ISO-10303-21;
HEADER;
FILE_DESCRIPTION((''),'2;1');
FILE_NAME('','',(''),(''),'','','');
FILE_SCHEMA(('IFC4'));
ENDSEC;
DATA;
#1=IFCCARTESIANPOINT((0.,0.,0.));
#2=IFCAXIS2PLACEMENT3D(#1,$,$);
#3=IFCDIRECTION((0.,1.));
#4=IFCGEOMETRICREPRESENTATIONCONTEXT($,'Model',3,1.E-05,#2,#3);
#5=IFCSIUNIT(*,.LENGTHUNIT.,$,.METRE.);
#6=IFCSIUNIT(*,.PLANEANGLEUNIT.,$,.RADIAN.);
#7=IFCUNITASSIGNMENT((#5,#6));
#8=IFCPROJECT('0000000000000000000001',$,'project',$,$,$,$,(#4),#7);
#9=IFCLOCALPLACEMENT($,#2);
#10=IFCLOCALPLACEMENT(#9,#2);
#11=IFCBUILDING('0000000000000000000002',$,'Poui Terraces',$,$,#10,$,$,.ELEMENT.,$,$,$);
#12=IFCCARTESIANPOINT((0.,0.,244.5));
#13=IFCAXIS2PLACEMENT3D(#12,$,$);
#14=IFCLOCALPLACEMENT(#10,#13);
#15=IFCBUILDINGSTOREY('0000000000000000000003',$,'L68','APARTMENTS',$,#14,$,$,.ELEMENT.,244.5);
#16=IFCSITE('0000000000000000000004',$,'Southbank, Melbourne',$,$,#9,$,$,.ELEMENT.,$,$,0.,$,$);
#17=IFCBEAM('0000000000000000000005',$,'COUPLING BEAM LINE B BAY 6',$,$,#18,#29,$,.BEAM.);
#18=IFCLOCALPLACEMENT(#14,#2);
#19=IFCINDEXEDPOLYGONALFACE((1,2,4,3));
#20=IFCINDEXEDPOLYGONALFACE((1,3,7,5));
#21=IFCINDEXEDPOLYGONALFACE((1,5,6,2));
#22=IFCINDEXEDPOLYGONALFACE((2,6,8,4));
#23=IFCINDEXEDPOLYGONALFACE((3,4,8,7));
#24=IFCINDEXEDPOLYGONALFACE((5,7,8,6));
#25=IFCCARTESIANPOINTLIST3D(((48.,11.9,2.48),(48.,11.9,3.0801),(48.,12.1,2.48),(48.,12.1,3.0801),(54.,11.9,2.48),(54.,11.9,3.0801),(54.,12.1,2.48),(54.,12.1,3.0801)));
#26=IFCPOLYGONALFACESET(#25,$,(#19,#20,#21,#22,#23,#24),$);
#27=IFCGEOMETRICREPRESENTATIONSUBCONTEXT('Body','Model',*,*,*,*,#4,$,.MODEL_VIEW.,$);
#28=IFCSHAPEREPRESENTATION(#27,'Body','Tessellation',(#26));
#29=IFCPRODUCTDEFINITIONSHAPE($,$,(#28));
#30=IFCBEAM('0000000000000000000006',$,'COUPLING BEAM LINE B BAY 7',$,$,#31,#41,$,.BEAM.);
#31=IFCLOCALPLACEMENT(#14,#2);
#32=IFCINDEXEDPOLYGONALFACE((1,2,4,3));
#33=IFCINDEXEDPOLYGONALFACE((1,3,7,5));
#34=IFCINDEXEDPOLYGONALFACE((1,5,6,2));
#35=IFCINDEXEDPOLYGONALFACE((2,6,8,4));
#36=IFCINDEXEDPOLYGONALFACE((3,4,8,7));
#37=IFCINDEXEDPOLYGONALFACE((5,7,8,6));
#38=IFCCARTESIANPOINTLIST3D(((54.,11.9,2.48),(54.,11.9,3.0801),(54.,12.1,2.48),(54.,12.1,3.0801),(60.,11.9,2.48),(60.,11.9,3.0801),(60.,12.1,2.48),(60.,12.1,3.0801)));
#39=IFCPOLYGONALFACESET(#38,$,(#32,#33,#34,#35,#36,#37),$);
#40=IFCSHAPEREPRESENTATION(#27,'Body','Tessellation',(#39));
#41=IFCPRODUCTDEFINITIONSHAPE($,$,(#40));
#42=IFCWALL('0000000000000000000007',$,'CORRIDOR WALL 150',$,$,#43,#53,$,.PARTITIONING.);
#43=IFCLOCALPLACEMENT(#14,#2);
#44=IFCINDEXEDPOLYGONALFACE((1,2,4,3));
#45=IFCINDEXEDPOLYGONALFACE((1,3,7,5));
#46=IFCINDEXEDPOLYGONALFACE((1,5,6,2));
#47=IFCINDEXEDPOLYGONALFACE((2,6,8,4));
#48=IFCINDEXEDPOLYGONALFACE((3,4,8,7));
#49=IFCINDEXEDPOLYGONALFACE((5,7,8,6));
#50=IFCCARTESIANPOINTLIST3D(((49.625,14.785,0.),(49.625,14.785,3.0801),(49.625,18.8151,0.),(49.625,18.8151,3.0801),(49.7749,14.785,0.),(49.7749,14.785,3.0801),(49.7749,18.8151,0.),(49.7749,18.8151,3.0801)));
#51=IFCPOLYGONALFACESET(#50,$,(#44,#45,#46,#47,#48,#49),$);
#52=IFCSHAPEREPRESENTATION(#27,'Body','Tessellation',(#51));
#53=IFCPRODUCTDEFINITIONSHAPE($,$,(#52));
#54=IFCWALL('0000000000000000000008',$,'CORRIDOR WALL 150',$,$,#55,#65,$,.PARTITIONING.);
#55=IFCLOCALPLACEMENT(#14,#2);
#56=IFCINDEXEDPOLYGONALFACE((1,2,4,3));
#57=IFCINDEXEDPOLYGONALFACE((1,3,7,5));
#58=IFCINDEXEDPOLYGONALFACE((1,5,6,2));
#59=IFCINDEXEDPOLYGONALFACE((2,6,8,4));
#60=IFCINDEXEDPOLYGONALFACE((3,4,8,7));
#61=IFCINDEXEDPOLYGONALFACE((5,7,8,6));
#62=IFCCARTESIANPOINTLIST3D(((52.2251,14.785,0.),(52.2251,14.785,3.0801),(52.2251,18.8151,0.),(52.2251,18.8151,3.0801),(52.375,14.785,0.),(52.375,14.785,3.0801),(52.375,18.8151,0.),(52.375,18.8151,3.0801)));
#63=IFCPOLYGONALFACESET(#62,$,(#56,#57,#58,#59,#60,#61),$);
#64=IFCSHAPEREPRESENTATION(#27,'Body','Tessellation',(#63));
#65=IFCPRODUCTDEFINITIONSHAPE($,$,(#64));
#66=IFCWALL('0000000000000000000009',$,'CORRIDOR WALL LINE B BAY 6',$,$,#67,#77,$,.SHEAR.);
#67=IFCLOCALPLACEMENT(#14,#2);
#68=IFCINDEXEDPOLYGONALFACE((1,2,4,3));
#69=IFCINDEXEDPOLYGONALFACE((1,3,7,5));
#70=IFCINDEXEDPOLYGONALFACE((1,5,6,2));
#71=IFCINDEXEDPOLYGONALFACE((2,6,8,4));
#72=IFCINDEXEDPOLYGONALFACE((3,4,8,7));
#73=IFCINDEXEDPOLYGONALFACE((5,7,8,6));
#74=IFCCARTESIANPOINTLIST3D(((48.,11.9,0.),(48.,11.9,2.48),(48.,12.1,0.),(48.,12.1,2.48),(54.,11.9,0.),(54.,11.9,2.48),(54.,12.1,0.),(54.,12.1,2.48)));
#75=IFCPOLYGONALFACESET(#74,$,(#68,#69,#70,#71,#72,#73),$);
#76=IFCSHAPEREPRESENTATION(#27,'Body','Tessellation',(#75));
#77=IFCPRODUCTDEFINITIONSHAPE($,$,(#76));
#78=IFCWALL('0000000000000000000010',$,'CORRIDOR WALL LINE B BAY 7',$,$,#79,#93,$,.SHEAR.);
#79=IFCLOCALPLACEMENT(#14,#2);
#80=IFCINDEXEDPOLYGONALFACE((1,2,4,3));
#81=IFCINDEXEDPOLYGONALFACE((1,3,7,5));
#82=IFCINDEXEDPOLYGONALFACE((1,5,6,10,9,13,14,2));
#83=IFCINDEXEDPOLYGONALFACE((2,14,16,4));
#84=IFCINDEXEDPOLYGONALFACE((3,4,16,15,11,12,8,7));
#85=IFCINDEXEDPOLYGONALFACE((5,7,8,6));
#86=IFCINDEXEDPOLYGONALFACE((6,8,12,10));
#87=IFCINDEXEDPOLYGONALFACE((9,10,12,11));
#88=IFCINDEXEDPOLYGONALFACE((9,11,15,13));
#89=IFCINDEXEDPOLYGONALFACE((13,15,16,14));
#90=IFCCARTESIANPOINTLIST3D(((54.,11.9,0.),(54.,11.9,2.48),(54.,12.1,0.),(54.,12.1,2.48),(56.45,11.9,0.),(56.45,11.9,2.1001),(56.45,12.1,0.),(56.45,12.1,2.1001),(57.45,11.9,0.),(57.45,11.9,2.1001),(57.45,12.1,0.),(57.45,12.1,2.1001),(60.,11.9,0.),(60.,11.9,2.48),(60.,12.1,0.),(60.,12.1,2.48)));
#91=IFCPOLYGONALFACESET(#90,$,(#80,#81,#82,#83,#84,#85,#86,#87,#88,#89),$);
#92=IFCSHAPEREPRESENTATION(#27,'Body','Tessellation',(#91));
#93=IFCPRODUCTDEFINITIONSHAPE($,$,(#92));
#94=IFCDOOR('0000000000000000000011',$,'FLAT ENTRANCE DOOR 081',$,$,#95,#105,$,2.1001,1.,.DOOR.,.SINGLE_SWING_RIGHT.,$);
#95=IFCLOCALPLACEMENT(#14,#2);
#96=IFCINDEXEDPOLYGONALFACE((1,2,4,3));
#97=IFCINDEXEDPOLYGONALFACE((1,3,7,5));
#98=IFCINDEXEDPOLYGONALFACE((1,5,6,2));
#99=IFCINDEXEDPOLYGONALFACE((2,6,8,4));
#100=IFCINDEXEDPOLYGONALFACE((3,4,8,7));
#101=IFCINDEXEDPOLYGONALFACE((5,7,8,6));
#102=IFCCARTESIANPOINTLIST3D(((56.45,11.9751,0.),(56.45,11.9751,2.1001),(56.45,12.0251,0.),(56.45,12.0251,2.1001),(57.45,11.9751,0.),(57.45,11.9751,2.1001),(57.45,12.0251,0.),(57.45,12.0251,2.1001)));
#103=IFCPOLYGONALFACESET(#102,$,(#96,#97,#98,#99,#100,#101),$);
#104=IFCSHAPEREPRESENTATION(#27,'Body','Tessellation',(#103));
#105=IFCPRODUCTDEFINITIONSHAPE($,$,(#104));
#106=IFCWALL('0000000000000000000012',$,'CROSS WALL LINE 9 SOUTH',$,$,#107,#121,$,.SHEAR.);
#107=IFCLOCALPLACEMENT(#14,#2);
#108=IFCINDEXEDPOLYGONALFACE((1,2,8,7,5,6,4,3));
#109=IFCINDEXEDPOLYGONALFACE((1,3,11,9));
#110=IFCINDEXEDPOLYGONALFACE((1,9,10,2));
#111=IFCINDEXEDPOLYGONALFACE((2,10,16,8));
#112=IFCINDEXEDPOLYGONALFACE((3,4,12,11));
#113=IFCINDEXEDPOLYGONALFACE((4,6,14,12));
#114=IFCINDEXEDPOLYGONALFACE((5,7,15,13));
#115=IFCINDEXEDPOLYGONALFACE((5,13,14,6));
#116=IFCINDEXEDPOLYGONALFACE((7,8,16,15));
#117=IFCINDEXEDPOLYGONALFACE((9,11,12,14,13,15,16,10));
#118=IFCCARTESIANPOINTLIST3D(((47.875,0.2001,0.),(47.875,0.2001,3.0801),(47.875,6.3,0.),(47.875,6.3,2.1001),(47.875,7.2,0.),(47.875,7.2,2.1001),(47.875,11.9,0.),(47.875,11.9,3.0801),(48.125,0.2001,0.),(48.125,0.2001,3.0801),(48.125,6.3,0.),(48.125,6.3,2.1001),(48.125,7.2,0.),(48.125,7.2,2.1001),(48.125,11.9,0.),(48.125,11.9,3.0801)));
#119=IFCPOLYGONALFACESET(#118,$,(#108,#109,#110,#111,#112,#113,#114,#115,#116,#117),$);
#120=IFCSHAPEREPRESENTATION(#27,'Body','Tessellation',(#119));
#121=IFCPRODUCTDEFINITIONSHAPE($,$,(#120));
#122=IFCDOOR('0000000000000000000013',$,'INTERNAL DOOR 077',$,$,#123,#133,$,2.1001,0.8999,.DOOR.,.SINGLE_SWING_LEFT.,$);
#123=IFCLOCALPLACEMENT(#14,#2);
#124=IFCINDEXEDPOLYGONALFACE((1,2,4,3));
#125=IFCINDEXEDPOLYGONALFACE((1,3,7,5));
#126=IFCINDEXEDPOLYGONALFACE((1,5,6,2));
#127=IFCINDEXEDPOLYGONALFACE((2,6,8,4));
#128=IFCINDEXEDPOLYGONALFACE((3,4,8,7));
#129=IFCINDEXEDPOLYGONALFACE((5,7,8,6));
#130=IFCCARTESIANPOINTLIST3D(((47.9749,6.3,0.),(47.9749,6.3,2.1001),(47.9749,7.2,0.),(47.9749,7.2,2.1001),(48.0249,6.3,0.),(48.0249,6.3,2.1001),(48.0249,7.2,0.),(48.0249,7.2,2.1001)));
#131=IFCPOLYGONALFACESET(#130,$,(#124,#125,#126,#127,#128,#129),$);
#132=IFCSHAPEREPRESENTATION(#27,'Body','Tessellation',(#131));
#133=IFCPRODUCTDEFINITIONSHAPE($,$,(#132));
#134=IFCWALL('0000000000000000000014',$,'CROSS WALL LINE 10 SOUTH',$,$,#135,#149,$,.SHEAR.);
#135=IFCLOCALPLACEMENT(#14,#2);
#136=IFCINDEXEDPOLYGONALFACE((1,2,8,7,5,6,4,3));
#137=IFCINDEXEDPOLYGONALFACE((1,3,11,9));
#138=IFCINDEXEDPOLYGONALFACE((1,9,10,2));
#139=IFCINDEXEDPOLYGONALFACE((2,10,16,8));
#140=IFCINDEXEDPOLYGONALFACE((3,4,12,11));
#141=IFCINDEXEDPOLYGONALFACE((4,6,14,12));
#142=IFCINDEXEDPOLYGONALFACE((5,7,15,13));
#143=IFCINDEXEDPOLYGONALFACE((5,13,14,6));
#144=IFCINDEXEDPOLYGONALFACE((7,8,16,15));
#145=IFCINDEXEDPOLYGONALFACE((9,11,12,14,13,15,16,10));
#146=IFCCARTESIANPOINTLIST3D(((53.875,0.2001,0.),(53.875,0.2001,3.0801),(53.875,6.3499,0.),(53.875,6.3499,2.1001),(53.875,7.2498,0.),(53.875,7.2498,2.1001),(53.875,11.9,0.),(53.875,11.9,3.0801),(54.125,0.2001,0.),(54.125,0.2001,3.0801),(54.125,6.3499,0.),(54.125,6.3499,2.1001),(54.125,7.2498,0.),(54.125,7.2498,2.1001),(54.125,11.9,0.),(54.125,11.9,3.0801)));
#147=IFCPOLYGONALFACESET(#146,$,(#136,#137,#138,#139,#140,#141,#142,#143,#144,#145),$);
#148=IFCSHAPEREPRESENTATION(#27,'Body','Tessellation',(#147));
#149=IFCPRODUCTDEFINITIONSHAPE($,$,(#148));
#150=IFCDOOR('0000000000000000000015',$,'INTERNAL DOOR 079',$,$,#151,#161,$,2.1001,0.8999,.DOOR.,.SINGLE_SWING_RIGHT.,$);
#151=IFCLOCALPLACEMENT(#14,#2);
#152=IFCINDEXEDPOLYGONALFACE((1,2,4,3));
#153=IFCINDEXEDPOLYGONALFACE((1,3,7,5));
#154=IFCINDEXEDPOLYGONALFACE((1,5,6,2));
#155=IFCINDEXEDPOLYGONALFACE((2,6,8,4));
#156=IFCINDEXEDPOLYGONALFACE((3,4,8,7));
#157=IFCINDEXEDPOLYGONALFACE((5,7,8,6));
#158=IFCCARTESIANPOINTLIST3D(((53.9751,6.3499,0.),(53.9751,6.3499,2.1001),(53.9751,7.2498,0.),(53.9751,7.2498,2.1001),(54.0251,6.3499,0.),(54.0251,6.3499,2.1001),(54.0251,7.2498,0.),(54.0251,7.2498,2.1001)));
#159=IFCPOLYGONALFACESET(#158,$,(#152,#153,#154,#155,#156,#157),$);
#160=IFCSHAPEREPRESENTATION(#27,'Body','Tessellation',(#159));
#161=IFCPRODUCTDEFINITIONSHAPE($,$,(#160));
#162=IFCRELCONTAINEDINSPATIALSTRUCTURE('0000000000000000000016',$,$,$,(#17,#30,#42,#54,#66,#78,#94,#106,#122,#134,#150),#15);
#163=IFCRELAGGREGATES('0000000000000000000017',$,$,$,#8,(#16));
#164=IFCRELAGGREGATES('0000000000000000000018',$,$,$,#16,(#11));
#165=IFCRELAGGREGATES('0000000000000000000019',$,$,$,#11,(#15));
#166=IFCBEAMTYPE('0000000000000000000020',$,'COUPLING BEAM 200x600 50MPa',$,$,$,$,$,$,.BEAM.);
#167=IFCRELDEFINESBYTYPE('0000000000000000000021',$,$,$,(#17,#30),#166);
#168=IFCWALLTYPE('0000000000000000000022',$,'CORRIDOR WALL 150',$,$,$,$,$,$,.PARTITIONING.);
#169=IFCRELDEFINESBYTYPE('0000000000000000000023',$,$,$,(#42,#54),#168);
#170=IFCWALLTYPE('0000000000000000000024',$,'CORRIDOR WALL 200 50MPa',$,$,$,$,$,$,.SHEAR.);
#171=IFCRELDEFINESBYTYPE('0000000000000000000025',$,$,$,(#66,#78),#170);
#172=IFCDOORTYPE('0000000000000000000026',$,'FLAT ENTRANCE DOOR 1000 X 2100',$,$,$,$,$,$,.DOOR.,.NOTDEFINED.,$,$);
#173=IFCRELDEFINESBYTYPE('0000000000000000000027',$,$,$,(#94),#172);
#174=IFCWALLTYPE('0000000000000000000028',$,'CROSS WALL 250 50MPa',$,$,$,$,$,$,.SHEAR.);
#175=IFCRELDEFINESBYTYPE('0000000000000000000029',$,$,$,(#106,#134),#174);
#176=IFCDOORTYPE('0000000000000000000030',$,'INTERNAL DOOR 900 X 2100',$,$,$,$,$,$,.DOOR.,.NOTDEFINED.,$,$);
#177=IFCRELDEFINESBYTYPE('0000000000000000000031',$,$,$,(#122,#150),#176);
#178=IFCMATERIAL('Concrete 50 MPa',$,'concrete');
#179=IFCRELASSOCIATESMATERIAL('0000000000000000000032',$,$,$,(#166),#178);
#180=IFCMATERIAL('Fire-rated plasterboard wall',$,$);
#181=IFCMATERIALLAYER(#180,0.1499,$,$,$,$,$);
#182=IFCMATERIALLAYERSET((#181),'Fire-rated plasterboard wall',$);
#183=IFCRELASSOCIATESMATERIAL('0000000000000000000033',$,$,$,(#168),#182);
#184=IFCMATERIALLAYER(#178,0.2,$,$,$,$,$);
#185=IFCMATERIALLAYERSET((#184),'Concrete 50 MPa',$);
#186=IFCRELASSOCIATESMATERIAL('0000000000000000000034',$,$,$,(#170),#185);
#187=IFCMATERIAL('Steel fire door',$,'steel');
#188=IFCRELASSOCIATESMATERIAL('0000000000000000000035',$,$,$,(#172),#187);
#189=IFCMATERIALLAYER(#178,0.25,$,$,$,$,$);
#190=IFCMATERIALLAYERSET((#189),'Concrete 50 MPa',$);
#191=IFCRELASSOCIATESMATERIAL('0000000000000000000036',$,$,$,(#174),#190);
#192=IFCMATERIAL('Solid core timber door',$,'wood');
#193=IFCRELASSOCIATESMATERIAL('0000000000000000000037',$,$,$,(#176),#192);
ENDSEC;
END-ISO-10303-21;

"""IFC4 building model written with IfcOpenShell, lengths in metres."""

from ifc_helpers import new_model, si_unit, direction, frame, frame_2d, origin, origin_2d, place, context, subcontext, project, spatial, rectangle, extrude, source, transform, mapped, material, layer, layer_set, material_profile, profile_set, type_object, element, fill, save


model = new_model("IFC4")

# Units and contexts
model_context = context("Model", 3, precision=1e-05, world=origin(), true_north=direction((0.0, 1.0)))
body_context = subcontext(model_context, "Body", "Model", "MODEL_VIEW")
ifc_project = project(units=[si_unit("LENGTHUNIT", "METRE"), si_unit("PLANEANGLEUNIT", "RADIAN")], contexts=[model_context])

# Site, building, storey
site_placement = place(None, origin())
site = spatial("IfcSite", under=ifc_project, at=site_placement, Name="Southbank, Melbourne", CompositionType="ELEMENT", RefElevation=0.0)
building_placement = place(site_placement, origin())
building = spatial("IfcBuilding", under=site, at=building_placement, Name="Poui Terraces", CompositionType="ELEMENT")
storey_placement = place(building_placement, frame((0.0, 0.0, 244.5)))
storey = spatial("IfcBuildingStorey", under=building, at=storey_placement, Name="L68", Description="APARTMENTS", CompositionType="ELEMENT", Elevation=244.5)

# Beams
ifc_material_1 = material(Name="Concrete 50 MPa", Category="concrete")
ifc_material_profile = material_profile(ifc_material_1, rectangle(XDim=0.2, YDim=0.6001, at=origin_2d()), Name="RC 200x600")
ifc_profile_set = profile_set([ifc_material_profile], Name="Concrete 50 MPa")
beam_type = type_object("IfcBeamType", Name="COUPLING BEAM 200x600 50MPa", PredefinedType="BEAM", material=ifc_profile_set)
shared_shape = source(origin(), body_context, "Body", "SweptSolid", [
    extrude(rectangle(XDim=0.2, YDim=0.6001, at=origin_2d()), origin(), (0.0, 0.0, 1.0), 6.0),
])
for number, where, z_axis, x_axis, name in (
    (1, (48.0, 12.0, 2.78), (1.0, 0.0, 0.0), (0.0, 1.0, 0.0), "COUPLING BEAM LINE B BAY 6"),
    (2, (54.0, 12.0, 2.78), (1.0, 0.0, 0.0), (0.0, 1.0, 0.0), "COUPLING BEAM LINE B BAY 7"),
):
    element("IfcBeam", number, at=place(storey_placement, frame(where, z_axis=z_axis, x_axis=x_axis)), inside=storey, type_object=beam_type, Name=name, PredefinedType="BEAM", context=body_context, shape_type="MappedRepresentation", body=[
        mapped(shared_shape, transform((0.0, 0.0, 0.0))),
    ])

# Walls
ifc_material_2 = material(Name="Fire-rated plasterboard wall")
ifc_layer_1 = layer(ifc_material_2, 0.1499)
ifc_layer_set_1 = layer_set([ifc_layer_1], Name="Fire-rated plasterboard wall")
wall_type_1 = type_object("IfcWallType", Name="CORRIDOR WALL 150", PredefinedType="PARTITIONING", material=ifc_layer_set_1)
for number, where, z_axis, x_axis, name in (
    (3, (49.7, 14.7849, 0.0), (0.0, 0.0, 1.0), (0.0, 1.0, 0.0), "CORRIDOR WALL 150"),
    (4, (52.3, 14.7849, 0.0), (0.0, 0.0, 1.0), (0.0, 1.0, 0.0), "CORRIDOR WALL 150"),
):
    element("IfcWall", number, at=place(storey_placement, frame(where, z_axis=z_axis, x_axis=x_axis)), inside=storey, type_object=wall_type_1, Name=name, PredefinedType="PARTITIONING", context=body_context, shape_type="SweptSolid", body=[
        extrude(rectangle(XDim=4.03, YDim=0.1499, at=frame_2d((2.0151, 0.0))), origin(), (0.0, 0.0, 1.0), 3.0801),
    ])
ifc_layer_2 = layer(ifc_material_1, 0.2)
ifc_layer_set_2 = layer_set([ifc_layer_2], Name="Concrete 50 MPa")
wall_type_2 = type_object("IfcWallType", Name="CORRIDOR WALL 200 50MPa", PredefinedType="SHEAR", material=ifc_layer_set_2)
wall_1_placement = place(storey_placement, frame((48.0, 12.0, 0.0), z_axis=(0.0, 0.0, 1.0), x_axis=(1.0, 0.0, 0.0)))
element("IfcWall", 5, at=wall_1_placement, inside=storey, type_object=wall_type_2, Name="CORRIDOR WALL LINE B BAY 6", PredefinedType="SHEAR", context=body_context, shape_type="SweptSolid", body=[
    extrude(rectangle(XDim=6.0, YDim=0.2, at=frame_2d((3.0, 0.0))), origin(), (0.0, 0.0, 1.0), 2.48),
])

# Walls, openings, doors
wall_2_placement = place(storey_placement, frame((54.0, 12.0, 0.0), z_axis=(0.0, 0.0, 1.0), x_axis=(1.0, 0.0, 0.0)))
wall_2 = element("IfcWall", 6, at=wall_2_placement, inside=storey, type_object=wall_type_2, Name="CORRIDOR WALL LINE B BAY 7", PredefinedType="SHEAR", context=body_context, shape_type="SweptSolid", body=[
    extrude(rectangle(XDim=6.0, YDim=0.2, at=frame_2d((3.0, 0.0))), origin(), (0.0, 0.0, 1.0), 2.48),
])
opening_1_placement = place(wall_2_placement, frame((2.45, 0.0, 0.0)))
opening_1 = element("IfcOpeningElement", 7, at=opening_1_placement, cuts=wall_2, PredefinedType="OPENING", context=body_context, shape_type="SweptSolid", body=[
    extrude(rectangle(XDim=1.0, YDim=2.1001, at=frame_2d((0.5, 1.05))), frame((0.0, 0.1099, 0.0), z_axis=(0.0, -1.0, 0.0), x_axis=(1.0, 0.0, 0.0)), (0.0, 0.0, 1.0), 0.22),
])
ifc_material_3 = material(Name="Steel fire door", Category="steel")
door_type_1 = type_object("IfcDoorType", Name="FLAT ENTRANCE DOOR 1000 X 2100", OperationType="NOTDEFINED", PredefinedType="DOOR", material=ifc_material_3)
door_1_placement = place(opening_1_placement, frame((1.0, 0.0, 0.0), z_axis=(0.0, 0.0, 1.0), x_axis=(-1.0, 0.0, 0.0)))
door_1 = element("IfcDoor", 8, at=door_1_placement, inside=storey, type_object=door_type_1, Name="FLAT ENTRANCE DOOR 081", OperationType="SINGLE_SWING_RIGHT", OverallHeight=2.1001, OverallWidth=1.0, PredefinedType="DOOR", context=body_context, shape_type="SweptSolid", body=[
    extrude(rectangle(XDim=1.0, YDim=2.1001, at=frame_2d((0.5, 1.05))), frame((0.0, 0.0249, 0.0), z_axis=(0.0, -1.0, 0.0), x_axis=(1.0, 0.0, 0.0)), (0.0, 0.0, 1.0), 0.05),
])
fill(opening_1, door_1)
ifc_layer_3 = layer(ifc_material_1, 0.25)
ifc_layer_set_3 = layer_set([ifc_layer_3], Name="Concrete 50 MPa")
wall_type_3 = type_object("IfcWallType", Name="CROSS WALL 250 50MPa", PredefinedType="SHEAR", material=ifc_layer_set_3)
wall_3_placement = place(storey_placement, frame((48.0, 0.2, 0.0), z_axis=(0.0, 0.0, 1.0), x_axis=(0.0, 1.0, 0.0)))
wall_3 = element("IfcWall", 9, at=wall_3_placement, inside=storey, type_object=wall_type_3, Name="CROSS WALL LINE 9 SOUTH", PredefinedType="SHEAR", context=body_context, shape_type="SweptSolid", body=[
    extrude(rectangle(XDim=11.7, YDim=0.25, at=frame_2d((5.8501, 0.0))), origin(), (0.0, 0.0, 1.0), 3.0801),
])
opening_2_placement = place(wall_3_placement, frame((6.1001, 0.0, 0.0)))
opening_2 = element("IfcOpeningElement", 10, at=opening_2_placement, cuts=wall_3, PredefinedType="OPENING", context=body_context, shape_type="SweptSolid", body=[
    extrude(rectangle(XDim=0.8999, YDim=2.1001, at=frame_2d((0.45, 1.05))), frame((0.0, 0.135, 0.0), z_axis=(0.0, -1.0, 0.0), x_axis=(1.0, 0.0, 0.0)), (0.0, 0.0, 1.0), 0.27),
])
ifc_material_4 = material(Name="Solid core timber door", Category="wood")
door_type_2 = type_object("IfcDoorType", Name="INTERNAL DOOR 900 X 2100", OperationType="NOTDEFINED", PredefinedType="DOOR", material=ifc_material_4)
door_2_placement = place(opening_2_placement, frame((0.8999, 0.0, 0.0), z_axis=(0.0, 0.0, 1.0), x_axis=(-1.0, 0.0, 0.0)))
door_2 = element("IfcDoor", 11, at=door_2_placement, inside=storey, type_object=door_type_2, Name="INTERNAL DOOR 077", OperationType="SINGLE_SWING_LEFT", OverallHeight=2.1001, OverallWidth=0.8999, PredefinedType="DOOR", context=body_context, shape_type="SweptSolid", body=[
    extrude(rectangle(XDim=0.8999, YDim=2.1001, at=frame_2d((0.45, 1.05))), frame((0.0, 0.0249, 0.0), z_axis=(0.0, -1.0, 0.0), x_axis=(1.0, 0.0, 0.0)), (0.0, 0.0, 1.0), 0.05),
])
fill(opening_2, door_2)
wall_4_placement = place(storey_placement, frame((54.0, 0.2, 0.0), z_axis=(0.0, 0.0, 1.0), x_axis=(0.0, 1.0, 0.0)))
wall_4 = element("IfcWall", 12, at=wall_4_placement, inside=storey, type_object=wall_type_3, Name="CROSS WALL LINE 10 SOUTH", PredefinedType="SHEAR", context=body_context, shape_type="SweptSolid", body=[
    extrude(rectangle(XDim=11.7, YDim=0.25, at=frame_2d((5.8501, 0.0))), origin(), (0.0, 0.0, 1.0), 3.0801),
])
opening_3_placement = place(wall_4_placement, frame((6.1499, 0.0, 0.0)))
opening_3 = element("IfcOpeningElement", 13, at=opening_3_placement, cuts=wall_4, PredefinedType="OPENING", context=body_context, shape_type="SweptSolid", body=[
    extrude(rectangle(XDim=0.8999, YDim=2.1001, at=frame_2d((0.45, 1.05))), frame((0.0, 0.135, 0.0), z_axis=(0.0, -1.0, 0.0), x_axis=(1.0, 0.0, 0.0)), (0.0, 0.0, 1.0), 0.27),
])
door_3_placement = place(opening_3_placement, origin())
door_3 = element("IfcDoor", 14, at=door_3_placement, inside=storey, type_object=door_type_2, Name="INTERNAL DOOR 079", OperationType="SINGLE_SWING_RIGHT", OverallHeight=2.1001, OverallWidth=0.8999, PredefinedType="DOOR", context=body_context, shape_type="SweptSolid", body=[
    extrude(rectangle(XDim=0.8999, YDim=2.1001, at=frame_2d((0.45, 1.05))), frame((0.0, 0.0249, 0.0), z_axis=(0.0, -1.0, 0.0), x_axis=(1.0, 0.0, 0.0)), (0.0, 0.0, 1.0), 0.05),
])
fill(opening_3, door_3)

save(model, "model.ifc")
